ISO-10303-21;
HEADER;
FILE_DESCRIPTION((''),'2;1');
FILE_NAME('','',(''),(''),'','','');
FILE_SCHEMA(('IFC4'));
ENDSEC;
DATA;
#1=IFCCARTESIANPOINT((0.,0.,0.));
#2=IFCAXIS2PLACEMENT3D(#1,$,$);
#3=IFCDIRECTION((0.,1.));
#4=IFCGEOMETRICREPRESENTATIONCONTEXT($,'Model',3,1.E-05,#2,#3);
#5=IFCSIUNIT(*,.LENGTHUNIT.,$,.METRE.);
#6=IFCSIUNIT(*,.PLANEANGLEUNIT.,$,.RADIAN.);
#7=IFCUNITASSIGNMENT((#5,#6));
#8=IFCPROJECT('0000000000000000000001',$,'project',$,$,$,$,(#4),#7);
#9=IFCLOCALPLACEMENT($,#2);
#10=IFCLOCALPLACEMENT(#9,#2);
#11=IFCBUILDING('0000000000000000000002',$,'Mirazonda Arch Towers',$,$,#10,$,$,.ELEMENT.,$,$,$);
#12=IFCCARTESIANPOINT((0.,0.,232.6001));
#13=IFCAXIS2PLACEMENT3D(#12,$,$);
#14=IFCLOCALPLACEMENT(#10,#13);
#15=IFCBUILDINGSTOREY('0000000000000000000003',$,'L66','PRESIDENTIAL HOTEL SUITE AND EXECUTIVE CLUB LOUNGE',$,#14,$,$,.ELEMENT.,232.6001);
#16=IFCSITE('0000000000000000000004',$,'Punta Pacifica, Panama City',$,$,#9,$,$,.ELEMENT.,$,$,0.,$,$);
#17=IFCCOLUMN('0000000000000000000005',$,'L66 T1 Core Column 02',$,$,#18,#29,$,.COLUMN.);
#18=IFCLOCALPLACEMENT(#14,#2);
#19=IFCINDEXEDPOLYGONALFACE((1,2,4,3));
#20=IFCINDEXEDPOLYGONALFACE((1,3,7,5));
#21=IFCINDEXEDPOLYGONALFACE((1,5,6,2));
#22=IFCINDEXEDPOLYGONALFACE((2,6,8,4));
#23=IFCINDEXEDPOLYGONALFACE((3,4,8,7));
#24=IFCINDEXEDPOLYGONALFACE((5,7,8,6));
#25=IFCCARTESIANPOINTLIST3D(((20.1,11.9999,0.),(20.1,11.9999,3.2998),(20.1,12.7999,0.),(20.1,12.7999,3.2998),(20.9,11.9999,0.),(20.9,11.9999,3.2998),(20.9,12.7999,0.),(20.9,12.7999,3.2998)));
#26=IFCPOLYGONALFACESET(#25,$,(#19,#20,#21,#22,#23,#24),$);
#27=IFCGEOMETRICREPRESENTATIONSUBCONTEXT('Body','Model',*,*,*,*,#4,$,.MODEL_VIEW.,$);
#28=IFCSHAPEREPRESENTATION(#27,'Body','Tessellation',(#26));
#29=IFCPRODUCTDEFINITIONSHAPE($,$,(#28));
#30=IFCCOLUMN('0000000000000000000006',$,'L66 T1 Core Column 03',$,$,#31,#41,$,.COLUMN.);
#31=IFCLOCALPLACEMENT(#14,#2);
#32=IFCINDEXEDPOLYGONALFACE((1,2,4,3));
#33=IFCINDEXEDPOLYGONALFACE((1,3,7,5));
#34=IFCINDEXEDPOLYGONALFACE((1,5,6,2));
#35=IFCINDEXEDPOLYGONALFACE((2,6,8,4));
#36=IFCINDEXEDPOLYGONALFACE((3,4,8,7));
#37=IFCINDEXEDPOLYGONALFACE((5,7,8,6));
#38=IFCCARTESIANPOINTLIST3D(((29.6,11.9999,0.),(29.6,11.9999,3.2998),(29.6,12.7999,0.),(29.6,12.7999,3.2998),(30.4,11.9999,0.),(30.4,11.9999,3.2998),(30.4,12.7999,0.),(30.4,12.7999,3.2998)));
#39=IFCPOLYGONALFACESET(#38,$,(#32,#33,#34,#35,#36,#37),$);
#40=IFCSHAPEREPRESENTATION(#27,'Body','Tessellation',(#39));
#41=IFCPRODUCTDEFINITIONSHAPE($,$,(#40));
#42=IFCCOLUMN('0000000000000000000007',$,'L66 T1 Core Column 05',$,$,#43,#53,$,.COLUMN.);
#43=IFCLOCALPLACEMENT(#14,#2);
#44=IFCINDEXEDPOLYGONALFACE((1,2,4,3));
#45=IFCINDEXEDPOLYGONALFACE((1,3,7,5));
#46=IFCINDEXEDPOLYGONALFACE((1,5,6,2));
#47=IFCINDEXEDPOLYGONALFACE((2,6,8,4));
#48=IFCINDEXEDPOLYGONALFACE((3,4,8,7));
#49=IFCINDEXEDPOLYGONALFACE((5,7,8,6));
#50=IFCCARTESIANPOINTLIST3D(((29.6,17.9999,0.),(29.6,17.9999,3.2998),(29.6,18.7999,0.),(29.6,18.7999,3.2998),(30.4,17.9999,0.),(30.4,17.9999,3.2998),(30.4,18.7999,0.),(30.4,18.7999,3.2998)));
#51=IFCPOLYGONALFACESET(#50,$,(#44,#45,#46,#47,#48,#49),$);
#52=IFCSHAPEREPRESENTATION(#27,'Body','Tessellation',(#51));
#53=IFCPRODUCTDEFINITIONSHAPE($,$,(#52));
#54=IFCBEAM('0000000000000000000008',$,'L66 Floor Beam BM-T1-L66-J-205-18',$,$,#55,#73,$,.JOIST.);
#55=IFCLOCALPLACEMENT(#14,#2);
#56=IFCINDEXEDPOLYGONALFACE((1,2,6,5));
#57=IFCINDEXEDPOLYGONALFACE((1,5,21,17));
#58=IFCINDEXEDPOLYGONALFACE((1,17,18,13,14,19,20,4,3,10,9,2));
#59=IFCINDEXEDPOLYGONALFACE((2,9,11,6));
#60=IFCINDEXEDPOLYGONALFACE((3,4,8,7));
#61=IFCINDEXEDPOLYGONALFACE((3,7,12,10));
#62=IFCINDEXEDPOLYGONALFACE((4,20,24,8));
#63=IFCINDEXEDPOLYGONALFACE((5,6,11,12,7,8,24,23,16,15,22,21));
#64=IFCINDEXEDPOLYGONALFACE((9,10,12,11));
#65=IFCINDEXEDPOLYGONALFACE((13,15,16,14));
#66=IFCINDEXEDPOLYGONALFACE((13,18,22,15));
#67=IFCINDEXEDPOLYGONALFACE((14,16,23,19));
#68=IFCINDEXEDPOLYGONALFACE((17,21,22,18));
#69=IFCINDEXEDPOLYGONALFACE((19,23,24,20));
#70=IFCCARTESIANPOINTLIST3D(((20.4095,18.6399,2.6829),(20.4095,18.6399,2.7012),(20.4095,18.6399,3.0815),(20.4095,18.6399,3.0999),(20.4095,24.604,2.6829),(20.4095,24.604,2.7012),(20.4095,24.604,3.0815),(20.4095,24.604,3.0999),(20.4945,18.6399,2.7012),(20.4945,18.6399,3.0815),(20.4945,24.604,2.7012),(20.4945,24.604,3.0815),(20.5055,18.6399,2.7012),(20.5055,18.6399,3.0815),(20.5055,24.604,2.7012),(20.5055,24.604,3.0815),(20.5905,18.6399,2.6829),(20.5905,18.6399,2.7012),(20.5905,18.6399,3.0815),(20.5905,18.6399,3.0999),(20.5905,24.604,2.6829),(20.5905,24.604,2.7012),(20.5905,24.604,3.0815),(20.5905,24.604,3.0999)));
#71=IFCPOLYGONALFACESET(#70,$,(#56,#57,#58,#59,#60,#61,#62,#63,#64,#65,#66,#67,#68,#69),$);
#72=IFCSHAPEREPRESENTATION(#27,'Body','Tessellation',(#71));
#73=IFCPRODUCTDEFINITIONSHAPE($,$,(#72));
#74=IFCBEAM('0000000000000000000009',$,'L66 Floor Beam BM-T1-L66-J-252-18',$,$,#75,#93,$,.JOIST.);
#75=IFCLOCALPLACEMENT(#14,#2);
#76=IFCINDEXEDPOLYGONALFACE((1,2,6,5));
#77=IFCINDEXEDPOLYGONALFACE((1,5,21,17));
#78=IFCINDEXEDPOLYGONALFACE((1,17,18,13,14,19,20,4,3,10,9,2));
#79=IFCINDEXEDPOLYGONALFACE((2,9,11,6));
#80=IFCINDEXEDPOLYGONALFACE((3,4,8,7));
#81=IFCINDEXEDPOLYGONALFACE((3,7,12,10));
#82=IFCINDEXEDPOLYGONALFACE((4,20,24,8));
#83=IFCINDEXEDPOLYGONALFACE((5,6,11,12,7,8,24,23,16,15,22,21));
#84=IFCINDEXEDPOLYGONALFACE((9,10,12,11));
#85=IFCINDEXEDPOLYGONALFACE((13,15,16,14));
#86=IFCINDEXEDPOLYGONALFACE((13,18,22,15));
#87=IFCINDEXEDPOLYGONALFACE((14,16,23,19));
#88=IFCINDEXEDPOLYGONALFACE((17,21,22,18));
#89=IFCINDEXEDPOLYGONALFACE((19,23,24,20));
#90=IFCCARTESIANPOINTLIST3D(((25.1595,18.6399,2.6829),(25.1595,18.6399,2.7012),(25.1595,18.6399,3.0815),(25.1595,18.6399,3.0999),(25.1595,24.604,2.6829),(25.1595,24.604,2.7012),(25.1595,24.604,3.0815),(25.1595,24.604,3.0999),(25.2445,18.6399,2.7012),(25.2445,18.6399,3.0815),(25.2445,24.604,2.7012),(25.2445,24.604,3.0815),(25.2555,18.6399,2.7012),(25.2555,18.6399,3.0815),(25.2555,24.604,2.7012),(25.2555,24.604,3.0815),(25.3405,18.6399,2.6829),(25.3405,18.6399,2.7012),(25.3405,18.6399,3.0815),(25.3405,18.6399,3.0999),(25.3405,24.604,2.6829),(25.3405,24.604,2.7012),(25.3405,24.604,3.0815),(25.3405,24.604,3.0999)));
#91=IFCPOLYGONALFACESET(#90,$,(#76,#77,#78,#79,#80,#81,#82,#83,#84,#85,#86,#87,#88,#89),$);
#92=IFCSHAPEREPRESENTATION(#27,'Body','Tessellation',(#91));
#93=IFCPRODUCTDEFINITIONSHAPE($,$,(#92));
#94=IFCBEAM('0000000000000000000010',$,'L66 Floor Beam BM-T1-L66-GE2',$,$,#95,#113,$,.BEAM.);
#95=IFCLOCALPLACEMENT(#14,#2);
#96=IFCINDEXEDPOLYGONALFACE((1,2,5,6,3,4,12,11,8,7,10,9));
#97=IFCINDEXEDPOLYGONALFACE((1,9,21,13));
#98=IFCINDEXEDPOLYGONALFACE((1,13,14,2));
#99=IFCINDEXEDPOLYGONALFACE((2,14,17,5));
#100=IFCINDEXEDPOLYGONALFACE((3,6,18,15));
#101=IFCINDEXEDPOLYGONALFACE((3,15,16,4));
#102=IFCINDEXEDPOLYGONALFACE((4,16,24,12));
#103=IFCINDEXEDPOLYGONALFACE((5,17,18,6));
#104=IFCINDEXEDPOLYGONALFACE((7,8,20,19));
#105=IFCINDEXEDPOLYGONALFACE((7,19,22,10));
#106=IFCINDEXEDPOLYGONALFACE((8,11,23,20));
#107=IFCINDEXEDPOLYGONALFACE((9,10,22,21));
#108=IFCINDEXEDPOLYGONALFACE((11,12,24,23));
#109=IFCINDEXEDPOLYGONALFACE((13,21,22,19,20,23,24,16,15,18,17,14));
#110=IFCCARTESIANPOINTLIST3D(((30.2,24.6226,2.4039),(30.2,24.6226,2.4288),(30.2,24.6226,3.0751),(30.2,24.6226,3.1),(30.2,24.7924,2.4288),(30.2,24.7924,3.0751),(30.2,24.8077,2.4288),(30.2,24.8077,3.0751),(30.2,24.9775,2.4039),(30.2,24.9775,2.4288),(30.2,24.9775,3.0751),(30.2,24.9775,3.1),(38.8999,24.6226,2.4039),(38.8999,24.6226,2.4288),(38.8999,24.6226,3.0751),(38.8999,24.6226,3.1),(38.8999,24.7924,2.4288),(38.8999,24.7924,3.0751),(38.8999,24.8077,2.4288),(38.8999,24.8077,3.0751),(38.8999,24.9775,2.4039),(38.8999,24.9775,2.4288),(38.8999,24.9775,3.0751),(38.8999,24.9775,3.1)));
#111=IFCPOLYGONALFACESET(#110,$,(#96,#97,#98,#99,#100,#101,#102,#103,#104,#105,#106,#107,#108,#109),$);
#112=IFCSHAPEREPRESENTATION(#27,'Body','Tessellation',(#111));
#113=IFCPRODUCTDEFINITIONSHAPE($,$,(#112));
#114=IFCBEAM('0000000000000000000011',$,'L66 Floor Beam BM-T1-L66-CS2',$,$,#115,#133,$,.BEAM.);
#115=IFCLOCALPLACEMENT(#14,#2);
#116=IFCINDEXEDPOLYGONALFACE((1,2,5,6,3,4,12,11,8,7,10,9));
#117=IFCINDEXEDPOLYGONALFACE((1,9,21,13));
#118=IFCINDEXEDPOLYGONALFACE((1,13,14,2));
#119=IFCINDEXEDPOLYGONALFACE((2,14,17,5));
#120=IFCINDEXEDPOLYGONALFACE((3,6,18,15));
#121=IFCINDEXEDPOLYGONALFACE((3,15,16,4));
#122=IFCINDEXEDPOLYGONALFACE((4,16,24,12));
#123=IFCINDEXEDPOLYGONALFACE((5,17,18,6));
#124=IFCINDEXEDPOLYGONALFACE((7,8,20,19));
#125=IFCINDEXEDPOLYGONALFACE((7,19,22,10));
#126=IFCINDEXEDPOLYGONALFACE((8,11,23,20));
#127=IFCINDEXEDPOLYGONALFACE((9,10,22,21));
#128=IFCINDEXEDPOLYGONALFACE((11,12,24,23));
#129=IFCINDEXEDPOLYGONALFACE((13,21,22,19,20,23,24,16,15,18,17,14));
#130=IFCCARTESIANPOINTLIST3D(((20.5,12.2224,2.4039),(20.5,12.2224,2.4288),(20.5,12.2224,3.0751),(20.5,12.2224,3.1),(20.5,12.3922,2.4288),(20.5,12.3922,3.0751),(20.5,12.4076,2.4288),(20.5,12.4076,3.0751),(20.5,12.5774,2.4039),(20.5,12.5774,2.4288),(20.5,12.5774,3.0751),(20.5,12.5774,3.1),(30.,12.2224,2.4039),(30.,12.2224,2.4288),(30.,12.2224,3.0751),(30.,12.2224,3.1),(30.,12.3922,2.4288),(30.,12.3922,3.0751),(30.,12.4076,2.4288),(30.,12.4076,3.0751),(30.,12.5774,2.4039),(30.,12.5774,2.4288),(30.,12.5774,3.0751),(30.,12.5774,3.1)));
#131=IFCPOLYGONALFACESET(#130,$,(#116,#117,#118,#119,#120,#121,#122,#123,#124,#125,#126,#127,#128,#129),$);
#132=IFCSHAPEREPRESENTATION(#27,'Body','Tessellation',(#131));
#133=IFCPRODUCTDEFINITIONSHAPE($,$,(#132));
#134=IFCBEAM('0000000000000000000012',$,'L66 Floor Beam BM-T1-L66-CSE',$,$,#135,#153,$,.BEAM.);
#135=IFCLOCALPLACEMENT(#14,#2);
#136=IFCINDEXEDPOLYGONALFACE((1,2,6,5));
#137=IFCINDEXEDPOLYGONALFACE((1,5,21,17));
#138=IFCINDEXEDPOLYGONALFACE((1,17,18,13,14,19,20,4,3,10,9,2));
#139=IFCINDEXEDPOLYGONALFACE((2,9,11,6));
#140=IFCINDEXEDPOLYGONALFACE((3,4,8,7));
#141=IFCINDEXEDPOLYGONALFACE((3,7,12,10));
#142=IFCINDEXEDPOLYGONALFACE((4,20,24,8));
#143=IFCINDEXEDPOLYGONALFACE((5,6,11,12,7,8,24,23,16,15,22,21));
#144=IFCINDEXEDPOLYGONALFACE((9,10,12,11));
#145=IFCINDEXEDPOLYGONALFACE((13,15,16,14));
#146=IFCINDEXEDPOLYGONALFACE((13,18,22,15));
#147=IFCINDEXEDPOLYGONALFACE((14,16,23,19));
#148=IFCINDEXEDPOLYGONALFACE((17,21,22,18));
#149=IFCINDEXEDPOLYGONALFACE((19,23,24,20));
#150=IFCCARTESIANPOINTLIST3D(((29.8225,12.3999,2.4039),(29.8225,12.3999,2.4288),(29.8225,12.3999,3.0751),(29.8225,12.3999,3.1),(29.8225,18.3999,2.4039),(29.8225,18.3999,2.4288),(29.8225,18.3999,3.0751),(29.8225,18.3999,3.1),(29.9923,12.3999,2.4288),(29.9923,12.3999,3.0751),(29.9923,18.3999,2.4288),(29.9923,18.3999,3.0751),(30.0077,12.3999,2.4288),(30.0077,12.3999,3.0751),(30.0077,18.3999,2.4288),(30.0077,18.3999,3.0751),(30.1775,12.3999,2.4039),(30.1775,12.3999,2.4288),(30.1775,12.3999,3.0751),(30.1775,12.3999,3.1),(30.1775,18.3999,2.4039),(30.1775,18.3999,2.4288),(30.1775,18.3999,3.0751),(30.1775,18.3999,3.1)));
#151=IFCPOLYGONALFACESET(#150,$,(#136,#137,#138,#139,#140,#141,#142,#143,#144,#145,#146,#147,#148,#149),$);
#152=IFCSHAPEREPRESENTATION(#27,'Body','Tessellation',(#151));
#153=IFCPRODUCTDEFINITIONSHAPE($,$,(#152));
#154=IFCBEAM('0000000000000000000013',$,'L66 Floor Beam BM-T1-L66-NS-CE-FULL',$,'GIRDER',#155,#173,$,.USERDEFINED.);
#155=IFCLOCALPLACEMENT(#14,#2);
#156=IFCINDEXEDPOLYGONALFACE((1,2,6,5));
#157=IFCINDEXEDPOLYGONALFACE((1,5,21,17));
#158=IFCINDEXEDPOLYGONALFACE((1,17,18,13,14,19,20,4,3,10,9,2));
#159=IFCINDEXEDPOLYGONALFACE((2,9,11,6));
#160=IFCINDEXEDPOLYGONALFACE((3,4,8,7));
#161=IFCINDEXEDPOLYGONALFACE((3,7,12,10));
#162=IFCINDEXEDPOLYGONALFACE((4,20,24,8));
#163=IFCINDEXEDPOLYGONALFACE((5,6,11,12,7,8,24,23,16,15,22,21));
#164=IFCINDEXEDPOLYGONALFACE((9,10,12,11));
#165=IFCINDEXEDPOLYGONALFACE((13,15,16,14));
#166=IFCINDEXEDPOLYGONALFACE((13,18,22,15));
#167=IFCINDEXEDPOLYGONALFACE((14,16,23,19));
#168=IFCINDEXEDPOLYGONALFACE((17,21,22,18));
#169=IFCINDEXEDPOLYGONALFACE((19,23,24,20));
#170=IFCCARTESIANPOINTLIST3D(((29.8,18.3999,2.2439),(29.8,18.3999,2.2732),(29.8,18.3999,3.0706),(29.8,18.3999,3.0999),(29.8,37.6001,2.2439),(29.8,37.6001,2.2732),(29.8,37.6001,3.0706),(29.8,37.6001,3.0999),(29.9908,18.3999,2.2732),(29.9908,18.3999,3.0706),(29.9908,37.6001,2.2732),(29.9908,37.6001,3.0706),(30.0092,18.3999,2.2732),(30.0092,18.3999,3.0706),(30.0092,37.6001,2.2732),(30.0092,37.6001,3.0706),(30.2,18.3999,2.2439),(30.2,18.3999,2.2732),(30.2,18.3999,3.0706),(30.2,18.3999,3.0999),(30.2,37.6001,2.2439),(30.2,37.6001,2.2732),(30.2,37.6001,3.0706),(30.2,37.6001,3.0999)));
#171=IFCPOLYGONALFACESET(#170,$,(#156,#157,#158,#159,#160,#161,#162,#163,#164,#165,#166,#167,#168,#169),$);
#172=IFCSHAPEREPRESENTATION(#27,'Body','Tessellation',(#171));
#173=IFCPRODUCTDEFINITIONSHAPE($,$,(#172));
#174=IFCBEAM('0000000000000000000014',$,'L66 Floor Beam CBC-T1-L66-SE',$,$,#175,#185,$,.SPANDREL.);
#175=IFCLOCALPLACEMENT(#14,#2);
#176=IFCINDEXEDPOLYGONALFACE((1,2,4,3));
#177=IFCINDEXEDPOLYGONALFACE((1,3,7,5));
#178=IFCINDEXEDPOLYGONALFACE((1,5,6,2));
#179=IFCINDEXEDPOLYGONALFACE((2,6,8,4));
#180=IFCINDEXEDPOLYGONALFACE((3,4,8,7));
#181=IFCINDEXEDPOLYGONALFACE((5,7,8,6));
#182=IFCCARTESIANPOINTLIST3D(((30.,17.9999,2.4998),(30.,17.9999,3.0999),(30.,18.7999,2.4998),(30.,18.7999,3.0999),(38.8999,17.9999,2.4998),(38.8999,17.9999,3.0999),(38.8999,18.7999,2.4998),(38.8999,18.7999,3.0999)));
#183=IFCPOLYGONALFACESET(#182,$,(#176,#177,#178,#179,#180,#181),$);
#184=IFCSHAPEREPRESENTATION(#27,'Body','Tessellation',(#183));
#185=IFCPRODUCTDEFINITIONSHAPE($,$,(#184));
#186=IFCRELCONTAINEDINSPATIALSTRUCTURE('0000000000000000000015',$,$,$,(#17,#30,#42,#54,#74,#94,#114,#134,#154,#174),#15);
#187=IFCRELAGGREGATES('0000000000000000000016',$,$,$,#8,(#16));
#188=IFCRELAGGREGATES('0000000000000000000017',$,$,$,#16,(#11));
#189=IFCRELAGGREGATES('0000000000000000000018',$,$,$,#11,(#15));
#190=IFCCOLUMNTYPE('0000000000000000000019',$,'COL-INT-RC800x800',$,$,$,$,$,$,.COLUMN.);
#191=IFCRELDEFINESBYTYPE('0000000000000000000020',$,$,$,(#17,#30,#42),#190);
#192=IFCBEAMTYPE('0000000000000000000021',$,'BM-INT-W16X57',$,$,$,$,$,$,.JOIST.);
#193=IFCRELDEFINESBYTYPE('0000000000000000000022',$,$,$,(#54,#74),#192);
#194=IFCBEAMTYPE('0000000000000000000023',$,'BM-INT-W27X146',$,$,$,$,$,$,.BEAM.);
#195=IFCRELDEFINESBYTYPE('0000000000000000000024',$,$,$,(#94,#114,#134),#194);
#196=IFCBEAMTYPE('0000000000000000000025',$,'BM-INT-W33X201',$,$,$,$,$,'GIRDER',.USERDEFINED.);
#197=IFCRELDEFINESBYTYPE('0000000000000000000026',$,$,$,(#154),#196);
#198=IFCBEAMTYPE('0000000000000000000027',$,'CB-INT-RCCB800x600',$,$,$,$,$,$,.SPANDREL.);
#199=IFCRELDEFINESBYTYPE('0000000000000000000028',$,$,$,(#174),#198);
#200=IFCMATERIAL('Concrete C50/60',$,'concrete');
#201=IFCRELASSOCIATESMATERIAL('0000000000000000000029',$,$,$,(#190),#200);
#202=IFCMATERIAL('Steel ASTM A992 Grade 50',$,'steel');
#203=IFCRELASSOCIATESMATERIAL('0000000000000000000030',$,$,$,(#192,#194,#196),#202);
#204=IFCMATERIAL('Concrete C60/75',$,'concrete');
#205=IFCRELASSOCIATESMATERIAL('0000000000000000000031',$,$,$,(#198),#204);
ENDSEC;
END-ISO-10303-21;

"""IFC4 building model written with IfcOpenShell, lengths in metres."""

from ifc_helpers import new_model, si_unit, direction, frame, origin, origin_2d, place, context, subcontext, project, spatial, rectangle, i_section, extrude, material, material_profile, profile_set, type_object, element, save


model = new_model("IFC4")

# Units and contexts
model_context = context("Model", 3, precision=1e-05, world=origin(), true_north=direction((0.0, 1.0)))
body_context = subcontext(model_context, "Body", "Model", "MODEL_VIEW")
ifc_project = project(units=[si_unit("LENGTHUNIT", "METRE"), si_unit("PLANEANGLEUNIT", "RADIAN")], contexts=[model_context])

# Site, building, storey
site_placement = place(None, origin())
site = spatial("IfcSite", under=ifc_project, at=site_placement, Name="Punta Pacifica, Panama City", CompositionType="ELEMENT", RefElevation=0.0)
building_placement = place(site_placement, origin())
building = spatial("IfcBuilding", under=site, at=building_placement, Name="Mirazonda Arch Towers", CompositionType="ELEMENT")
storey_placement = place(building_placement, frame((0.0, 0.0, 232.6001)))
storey = spatial("IfcBuildingStorey", under=building, at=storey_placement, Name="L66", Description="PRESIDENTIAL HOTEL SUITE AND EXECUTIVE CLUB LOUNGE", CompositionType="ELEMENT", Elevation=232.6001)

# Columns
ifc_material_1 = material(Name="Concrete C50/60", Category="concrete")
ifc_material_profile_1 = material_profile(ifc_material_1, rectangle(XDim=0.8, YDim=0.8, at=origin_2d()), Name="RC800x800")
ifc_profile_set_1 = profile_set([ifc_material_profile_1], Name="Concrete C50/60")
column_type = type_object("IfcColumnType", Name="COL-INT-RC800x800", PredefinedType="COLUMN", material=ifc_profile_set_1)
for number, where, z_axis, x_axis, name in (
    (1, (20.5, 12.3999, 0.0), (0.0, 0.0, 1.0), (1.0, 0.0, 0.0), "L66 T1 Core Column 02"),
    (2, (30.0, 12.3999, 0.0), (0.0, 0.0, 1.0), (1.0, 0.0, 0.0), "L66 T1 Core Column 03"),
    (3, (30.0, 18.3999, 0.0), (0.0, 0.0, 1.0), (1.0, 0.0, 0.0), "L66 T1 Core Column 05"),
):
    element("IfcColumn", number, at=place(storey_placement, frame(where, z_axis=z_axis, x_axis=x_axis)), inside=storey, type_object=column_type, Name=name, PredefinedType="COLUMN", context=body_context, shape_type="SweptSolid", body=[
        extrude(rectangle(XDim=0.8, YDim=0.8, at=origin_2d()), origin(), (0.0, 0.0, 1.0), 3.2998),
    ])

# Beams
ifc_material_2 = material(Name="Steel ASTM A992 Grade 50", Category="steel")
ifc_material_profile_2 = material_profile(ifc_material_2, i_section(OverallWidth=0.1809, OverallDepth=0.417, WebThickness=0.011, FlangeThickness=0.0183, at=origin_2d()), Name="W16X57")
ifc_profile_set_2 = profile_set([ifc_material_profile_2], Name="Steel ASTM A992 Grade 50")
beam_type_1 = type_object("IfcBeamType", Name="BM-INT-W16X57", PredefinedType="JOIST", material=ifc_profile_set_2)
for number, where, z_axis, x_axis, name in (
    (4, (20.5, 18.6399, 2.8914), (0.0, 1.0, 0.0), (-1.0, 0.0, 0.0), "L66 Floor Beam BM-T1-L66-J-205-18"),
    (5, (25.25, 18.6399, 2.8914), (0.0, 1.0, 0.0), (-1.0, 0.0, 0.0), "L66 Floor Beam BM-T1-L66-J-252-18"),
):
    element("IfcBeam", number, at=place(storey_placement, frame(where, z_axis=z_axis, x_axis=x_axis)), inside=storey, type_object=beam_type_1, Name=name, PredefinedType="JOIST", context=body_context, shape_type="SweptSolid", body=[
        extrude(i_section(OverallWidth=0.1809, OverallDepth=0.417, WebThickness=0.011, FlangeThickness=0.0183, at=origin_2d()), origin(), (0.0, 0.0, 1.0), 5.9641),
    ])
ifc_material_profile_3 = material_profile(ifc_material_2, i_section(OverallWidth=0.355, OverallDepth=0.696, WebThickness=0.0154, FlangeThickness=0.0249, at=origin_2d()), Name="W27X146")
ifc_profile_set_3 = profile_set([ifc_material_profile_3], Name="Steel ASTM A992 Grade 50")
beam_type_2 = type_object("IfcBeamType", Name="BM-INT-W27X146", PredefinedType="BEAM", material=ifc_profile_set_3)
beam_1_placement = place(storey_placement, frame((30.2, 24.8, 2.752), z_axis=(1.0, 0.0, 0.0), x_axis=(0.0, 1.0, 0.0)))
element("IfcBeam", 6, at=beam_1_placement, inside=storey, type_object=beam_type_2, Name="L66 Floor Beam BM-T1-L66-GE2", PredefinedType="BEAM", context=body_context, shape_type="SweptSolid", body=[
    extrude(i_section(OverallWidth=0.355, OverallDepth=0.696, WebThickness=0.0154, FlangeThickness=0.0249, at=origin_2d()), origin(), (0.0, 0.0, 1.0), 8.7),
])
beam_2_placement = place(storey_placement, frame((20.5, 12.3999, 2.752), z_axis=(1.0, 0.0, 0.0), x_axis=(0.0, 1.0, 0.0)))
element("IfcBeam", 7, at=beam_2_placement, inside=storey, type_object=beam_type_2, Name="L66 Floor Beam BM-T1-L66-CS2", PredefinedType="BEAM", context=body_context, shape_type="SweptSolid", body=[
    extrude(i_section(OverallWidth=0.355, OverallDepth=0.696, WebThickness=0.0154, FlangeThickness=0.0249, at=origin_2d()), origin(), (0.0, 0.0, 1.0), 9.5),
])
beam_3_placement = place(storey_placement, frame((30.0, 12.3999, 2.752), z_axis=(0.0, 1.0, 0.0), x_axis=(-1.0, 0.0, 0.0)))
element("IfcBeam", 8, at=beam_3_placement, inside=storey, type_object=beam_type_2, Name="L66 Floor Beam BM-T1-L66-CSE", PredefinedType="BEAM", context=body_context, shape_type="SweptSolid", body=[
    extrude(i_section(OverallWidth=0.355, OverallDepth=0.696, WebThickness=0.0154, FlangeThickness=0.0249, at=origin_2d()), origin(), (0.0, 0.0, 1.0), 6.0),
])
ifc_material_profile_4 = material_profile(ifc_material_2, i_section(OverallWidth=0.3999, OverallDepth=0.856, WebThickness=0.0183, FlangeThickness=0.0293, at=origin_2d()), Name="W33X201")
ifc_profile_set_4 = profile_set([ifc_material_profile_4], Name="Steel ASTM A992 Grade 50")
beam_type_3 = type_object("IfcBeamType", Name="BM-INT-W33X201", ElementType="GIRDER", PredefinedType="USERDEFINED", material=ifc_profile_set_4)
beam_4_placement = place(storey_placement, frame((30.0, 18.3999, 2.6719), z_axis=(0.0, 1.0, 0.0), x_axis=(-1.0, 0.0, 0.0)))
element("IfcBeam", 9, at=beam_4_placement, inside=storey, type_object=beam_type_3, Name="L66 Floor Beam BM-T1-L66-NS-CE-FULL", ObjectType="GIRDER", PredefinedType="USERDEFINED", context=body_context, shape_type="SweptSolid", body=[
    extrude(i_section(OverallWidth=0.3999, OverallDepth=0.856, WebThickness=0.0183, FlangeThickness=0.0293, at=origin_2d()), origin(), (0.0, 0.0, 1.0), 19.2002),
])
ifc_material_3 = material(Name="Concrete C60/75", Category="concrete")
ifc_material_profile_5 = material_profile(ifc_material_3, rectangle(XDim=0.8, YDim=0.6001, at=origin_2d()), Name="RCCB800x600")
ifc_profile_set_5 = profile_set([ifc_material_profile_5], Name="Concrete C60/75")
beam_type_4 = type_object("IfcBeamType", Name="CB-INT-RCCB800x600", PredefinedType="SPANDREL", material=ifc_profile_set_5)
beam_5_placement = place(storey_placement, frame((30.0, 18.3999, 2.7998), z_axis=(1.0, 0.0, 0.0), x_axis=(0.0, 1.0, 0.0)))
element("IfcBeam", 10, at=beam_5_placement, inside=storey, type_object=beam_type_4, Name="L66 Floor Beam CBC-T1-L66-SE", PredefinedType="SPANDREL", context=body_context, shape_type="SweptSolid", body=[
    extrude(rectangle(XDim=0.8, YDim=0.6001, at=origin_2d()), origin(), (0.0, 0.0, 1.0), 8.8999),
])

save(model, "model.ifc")
